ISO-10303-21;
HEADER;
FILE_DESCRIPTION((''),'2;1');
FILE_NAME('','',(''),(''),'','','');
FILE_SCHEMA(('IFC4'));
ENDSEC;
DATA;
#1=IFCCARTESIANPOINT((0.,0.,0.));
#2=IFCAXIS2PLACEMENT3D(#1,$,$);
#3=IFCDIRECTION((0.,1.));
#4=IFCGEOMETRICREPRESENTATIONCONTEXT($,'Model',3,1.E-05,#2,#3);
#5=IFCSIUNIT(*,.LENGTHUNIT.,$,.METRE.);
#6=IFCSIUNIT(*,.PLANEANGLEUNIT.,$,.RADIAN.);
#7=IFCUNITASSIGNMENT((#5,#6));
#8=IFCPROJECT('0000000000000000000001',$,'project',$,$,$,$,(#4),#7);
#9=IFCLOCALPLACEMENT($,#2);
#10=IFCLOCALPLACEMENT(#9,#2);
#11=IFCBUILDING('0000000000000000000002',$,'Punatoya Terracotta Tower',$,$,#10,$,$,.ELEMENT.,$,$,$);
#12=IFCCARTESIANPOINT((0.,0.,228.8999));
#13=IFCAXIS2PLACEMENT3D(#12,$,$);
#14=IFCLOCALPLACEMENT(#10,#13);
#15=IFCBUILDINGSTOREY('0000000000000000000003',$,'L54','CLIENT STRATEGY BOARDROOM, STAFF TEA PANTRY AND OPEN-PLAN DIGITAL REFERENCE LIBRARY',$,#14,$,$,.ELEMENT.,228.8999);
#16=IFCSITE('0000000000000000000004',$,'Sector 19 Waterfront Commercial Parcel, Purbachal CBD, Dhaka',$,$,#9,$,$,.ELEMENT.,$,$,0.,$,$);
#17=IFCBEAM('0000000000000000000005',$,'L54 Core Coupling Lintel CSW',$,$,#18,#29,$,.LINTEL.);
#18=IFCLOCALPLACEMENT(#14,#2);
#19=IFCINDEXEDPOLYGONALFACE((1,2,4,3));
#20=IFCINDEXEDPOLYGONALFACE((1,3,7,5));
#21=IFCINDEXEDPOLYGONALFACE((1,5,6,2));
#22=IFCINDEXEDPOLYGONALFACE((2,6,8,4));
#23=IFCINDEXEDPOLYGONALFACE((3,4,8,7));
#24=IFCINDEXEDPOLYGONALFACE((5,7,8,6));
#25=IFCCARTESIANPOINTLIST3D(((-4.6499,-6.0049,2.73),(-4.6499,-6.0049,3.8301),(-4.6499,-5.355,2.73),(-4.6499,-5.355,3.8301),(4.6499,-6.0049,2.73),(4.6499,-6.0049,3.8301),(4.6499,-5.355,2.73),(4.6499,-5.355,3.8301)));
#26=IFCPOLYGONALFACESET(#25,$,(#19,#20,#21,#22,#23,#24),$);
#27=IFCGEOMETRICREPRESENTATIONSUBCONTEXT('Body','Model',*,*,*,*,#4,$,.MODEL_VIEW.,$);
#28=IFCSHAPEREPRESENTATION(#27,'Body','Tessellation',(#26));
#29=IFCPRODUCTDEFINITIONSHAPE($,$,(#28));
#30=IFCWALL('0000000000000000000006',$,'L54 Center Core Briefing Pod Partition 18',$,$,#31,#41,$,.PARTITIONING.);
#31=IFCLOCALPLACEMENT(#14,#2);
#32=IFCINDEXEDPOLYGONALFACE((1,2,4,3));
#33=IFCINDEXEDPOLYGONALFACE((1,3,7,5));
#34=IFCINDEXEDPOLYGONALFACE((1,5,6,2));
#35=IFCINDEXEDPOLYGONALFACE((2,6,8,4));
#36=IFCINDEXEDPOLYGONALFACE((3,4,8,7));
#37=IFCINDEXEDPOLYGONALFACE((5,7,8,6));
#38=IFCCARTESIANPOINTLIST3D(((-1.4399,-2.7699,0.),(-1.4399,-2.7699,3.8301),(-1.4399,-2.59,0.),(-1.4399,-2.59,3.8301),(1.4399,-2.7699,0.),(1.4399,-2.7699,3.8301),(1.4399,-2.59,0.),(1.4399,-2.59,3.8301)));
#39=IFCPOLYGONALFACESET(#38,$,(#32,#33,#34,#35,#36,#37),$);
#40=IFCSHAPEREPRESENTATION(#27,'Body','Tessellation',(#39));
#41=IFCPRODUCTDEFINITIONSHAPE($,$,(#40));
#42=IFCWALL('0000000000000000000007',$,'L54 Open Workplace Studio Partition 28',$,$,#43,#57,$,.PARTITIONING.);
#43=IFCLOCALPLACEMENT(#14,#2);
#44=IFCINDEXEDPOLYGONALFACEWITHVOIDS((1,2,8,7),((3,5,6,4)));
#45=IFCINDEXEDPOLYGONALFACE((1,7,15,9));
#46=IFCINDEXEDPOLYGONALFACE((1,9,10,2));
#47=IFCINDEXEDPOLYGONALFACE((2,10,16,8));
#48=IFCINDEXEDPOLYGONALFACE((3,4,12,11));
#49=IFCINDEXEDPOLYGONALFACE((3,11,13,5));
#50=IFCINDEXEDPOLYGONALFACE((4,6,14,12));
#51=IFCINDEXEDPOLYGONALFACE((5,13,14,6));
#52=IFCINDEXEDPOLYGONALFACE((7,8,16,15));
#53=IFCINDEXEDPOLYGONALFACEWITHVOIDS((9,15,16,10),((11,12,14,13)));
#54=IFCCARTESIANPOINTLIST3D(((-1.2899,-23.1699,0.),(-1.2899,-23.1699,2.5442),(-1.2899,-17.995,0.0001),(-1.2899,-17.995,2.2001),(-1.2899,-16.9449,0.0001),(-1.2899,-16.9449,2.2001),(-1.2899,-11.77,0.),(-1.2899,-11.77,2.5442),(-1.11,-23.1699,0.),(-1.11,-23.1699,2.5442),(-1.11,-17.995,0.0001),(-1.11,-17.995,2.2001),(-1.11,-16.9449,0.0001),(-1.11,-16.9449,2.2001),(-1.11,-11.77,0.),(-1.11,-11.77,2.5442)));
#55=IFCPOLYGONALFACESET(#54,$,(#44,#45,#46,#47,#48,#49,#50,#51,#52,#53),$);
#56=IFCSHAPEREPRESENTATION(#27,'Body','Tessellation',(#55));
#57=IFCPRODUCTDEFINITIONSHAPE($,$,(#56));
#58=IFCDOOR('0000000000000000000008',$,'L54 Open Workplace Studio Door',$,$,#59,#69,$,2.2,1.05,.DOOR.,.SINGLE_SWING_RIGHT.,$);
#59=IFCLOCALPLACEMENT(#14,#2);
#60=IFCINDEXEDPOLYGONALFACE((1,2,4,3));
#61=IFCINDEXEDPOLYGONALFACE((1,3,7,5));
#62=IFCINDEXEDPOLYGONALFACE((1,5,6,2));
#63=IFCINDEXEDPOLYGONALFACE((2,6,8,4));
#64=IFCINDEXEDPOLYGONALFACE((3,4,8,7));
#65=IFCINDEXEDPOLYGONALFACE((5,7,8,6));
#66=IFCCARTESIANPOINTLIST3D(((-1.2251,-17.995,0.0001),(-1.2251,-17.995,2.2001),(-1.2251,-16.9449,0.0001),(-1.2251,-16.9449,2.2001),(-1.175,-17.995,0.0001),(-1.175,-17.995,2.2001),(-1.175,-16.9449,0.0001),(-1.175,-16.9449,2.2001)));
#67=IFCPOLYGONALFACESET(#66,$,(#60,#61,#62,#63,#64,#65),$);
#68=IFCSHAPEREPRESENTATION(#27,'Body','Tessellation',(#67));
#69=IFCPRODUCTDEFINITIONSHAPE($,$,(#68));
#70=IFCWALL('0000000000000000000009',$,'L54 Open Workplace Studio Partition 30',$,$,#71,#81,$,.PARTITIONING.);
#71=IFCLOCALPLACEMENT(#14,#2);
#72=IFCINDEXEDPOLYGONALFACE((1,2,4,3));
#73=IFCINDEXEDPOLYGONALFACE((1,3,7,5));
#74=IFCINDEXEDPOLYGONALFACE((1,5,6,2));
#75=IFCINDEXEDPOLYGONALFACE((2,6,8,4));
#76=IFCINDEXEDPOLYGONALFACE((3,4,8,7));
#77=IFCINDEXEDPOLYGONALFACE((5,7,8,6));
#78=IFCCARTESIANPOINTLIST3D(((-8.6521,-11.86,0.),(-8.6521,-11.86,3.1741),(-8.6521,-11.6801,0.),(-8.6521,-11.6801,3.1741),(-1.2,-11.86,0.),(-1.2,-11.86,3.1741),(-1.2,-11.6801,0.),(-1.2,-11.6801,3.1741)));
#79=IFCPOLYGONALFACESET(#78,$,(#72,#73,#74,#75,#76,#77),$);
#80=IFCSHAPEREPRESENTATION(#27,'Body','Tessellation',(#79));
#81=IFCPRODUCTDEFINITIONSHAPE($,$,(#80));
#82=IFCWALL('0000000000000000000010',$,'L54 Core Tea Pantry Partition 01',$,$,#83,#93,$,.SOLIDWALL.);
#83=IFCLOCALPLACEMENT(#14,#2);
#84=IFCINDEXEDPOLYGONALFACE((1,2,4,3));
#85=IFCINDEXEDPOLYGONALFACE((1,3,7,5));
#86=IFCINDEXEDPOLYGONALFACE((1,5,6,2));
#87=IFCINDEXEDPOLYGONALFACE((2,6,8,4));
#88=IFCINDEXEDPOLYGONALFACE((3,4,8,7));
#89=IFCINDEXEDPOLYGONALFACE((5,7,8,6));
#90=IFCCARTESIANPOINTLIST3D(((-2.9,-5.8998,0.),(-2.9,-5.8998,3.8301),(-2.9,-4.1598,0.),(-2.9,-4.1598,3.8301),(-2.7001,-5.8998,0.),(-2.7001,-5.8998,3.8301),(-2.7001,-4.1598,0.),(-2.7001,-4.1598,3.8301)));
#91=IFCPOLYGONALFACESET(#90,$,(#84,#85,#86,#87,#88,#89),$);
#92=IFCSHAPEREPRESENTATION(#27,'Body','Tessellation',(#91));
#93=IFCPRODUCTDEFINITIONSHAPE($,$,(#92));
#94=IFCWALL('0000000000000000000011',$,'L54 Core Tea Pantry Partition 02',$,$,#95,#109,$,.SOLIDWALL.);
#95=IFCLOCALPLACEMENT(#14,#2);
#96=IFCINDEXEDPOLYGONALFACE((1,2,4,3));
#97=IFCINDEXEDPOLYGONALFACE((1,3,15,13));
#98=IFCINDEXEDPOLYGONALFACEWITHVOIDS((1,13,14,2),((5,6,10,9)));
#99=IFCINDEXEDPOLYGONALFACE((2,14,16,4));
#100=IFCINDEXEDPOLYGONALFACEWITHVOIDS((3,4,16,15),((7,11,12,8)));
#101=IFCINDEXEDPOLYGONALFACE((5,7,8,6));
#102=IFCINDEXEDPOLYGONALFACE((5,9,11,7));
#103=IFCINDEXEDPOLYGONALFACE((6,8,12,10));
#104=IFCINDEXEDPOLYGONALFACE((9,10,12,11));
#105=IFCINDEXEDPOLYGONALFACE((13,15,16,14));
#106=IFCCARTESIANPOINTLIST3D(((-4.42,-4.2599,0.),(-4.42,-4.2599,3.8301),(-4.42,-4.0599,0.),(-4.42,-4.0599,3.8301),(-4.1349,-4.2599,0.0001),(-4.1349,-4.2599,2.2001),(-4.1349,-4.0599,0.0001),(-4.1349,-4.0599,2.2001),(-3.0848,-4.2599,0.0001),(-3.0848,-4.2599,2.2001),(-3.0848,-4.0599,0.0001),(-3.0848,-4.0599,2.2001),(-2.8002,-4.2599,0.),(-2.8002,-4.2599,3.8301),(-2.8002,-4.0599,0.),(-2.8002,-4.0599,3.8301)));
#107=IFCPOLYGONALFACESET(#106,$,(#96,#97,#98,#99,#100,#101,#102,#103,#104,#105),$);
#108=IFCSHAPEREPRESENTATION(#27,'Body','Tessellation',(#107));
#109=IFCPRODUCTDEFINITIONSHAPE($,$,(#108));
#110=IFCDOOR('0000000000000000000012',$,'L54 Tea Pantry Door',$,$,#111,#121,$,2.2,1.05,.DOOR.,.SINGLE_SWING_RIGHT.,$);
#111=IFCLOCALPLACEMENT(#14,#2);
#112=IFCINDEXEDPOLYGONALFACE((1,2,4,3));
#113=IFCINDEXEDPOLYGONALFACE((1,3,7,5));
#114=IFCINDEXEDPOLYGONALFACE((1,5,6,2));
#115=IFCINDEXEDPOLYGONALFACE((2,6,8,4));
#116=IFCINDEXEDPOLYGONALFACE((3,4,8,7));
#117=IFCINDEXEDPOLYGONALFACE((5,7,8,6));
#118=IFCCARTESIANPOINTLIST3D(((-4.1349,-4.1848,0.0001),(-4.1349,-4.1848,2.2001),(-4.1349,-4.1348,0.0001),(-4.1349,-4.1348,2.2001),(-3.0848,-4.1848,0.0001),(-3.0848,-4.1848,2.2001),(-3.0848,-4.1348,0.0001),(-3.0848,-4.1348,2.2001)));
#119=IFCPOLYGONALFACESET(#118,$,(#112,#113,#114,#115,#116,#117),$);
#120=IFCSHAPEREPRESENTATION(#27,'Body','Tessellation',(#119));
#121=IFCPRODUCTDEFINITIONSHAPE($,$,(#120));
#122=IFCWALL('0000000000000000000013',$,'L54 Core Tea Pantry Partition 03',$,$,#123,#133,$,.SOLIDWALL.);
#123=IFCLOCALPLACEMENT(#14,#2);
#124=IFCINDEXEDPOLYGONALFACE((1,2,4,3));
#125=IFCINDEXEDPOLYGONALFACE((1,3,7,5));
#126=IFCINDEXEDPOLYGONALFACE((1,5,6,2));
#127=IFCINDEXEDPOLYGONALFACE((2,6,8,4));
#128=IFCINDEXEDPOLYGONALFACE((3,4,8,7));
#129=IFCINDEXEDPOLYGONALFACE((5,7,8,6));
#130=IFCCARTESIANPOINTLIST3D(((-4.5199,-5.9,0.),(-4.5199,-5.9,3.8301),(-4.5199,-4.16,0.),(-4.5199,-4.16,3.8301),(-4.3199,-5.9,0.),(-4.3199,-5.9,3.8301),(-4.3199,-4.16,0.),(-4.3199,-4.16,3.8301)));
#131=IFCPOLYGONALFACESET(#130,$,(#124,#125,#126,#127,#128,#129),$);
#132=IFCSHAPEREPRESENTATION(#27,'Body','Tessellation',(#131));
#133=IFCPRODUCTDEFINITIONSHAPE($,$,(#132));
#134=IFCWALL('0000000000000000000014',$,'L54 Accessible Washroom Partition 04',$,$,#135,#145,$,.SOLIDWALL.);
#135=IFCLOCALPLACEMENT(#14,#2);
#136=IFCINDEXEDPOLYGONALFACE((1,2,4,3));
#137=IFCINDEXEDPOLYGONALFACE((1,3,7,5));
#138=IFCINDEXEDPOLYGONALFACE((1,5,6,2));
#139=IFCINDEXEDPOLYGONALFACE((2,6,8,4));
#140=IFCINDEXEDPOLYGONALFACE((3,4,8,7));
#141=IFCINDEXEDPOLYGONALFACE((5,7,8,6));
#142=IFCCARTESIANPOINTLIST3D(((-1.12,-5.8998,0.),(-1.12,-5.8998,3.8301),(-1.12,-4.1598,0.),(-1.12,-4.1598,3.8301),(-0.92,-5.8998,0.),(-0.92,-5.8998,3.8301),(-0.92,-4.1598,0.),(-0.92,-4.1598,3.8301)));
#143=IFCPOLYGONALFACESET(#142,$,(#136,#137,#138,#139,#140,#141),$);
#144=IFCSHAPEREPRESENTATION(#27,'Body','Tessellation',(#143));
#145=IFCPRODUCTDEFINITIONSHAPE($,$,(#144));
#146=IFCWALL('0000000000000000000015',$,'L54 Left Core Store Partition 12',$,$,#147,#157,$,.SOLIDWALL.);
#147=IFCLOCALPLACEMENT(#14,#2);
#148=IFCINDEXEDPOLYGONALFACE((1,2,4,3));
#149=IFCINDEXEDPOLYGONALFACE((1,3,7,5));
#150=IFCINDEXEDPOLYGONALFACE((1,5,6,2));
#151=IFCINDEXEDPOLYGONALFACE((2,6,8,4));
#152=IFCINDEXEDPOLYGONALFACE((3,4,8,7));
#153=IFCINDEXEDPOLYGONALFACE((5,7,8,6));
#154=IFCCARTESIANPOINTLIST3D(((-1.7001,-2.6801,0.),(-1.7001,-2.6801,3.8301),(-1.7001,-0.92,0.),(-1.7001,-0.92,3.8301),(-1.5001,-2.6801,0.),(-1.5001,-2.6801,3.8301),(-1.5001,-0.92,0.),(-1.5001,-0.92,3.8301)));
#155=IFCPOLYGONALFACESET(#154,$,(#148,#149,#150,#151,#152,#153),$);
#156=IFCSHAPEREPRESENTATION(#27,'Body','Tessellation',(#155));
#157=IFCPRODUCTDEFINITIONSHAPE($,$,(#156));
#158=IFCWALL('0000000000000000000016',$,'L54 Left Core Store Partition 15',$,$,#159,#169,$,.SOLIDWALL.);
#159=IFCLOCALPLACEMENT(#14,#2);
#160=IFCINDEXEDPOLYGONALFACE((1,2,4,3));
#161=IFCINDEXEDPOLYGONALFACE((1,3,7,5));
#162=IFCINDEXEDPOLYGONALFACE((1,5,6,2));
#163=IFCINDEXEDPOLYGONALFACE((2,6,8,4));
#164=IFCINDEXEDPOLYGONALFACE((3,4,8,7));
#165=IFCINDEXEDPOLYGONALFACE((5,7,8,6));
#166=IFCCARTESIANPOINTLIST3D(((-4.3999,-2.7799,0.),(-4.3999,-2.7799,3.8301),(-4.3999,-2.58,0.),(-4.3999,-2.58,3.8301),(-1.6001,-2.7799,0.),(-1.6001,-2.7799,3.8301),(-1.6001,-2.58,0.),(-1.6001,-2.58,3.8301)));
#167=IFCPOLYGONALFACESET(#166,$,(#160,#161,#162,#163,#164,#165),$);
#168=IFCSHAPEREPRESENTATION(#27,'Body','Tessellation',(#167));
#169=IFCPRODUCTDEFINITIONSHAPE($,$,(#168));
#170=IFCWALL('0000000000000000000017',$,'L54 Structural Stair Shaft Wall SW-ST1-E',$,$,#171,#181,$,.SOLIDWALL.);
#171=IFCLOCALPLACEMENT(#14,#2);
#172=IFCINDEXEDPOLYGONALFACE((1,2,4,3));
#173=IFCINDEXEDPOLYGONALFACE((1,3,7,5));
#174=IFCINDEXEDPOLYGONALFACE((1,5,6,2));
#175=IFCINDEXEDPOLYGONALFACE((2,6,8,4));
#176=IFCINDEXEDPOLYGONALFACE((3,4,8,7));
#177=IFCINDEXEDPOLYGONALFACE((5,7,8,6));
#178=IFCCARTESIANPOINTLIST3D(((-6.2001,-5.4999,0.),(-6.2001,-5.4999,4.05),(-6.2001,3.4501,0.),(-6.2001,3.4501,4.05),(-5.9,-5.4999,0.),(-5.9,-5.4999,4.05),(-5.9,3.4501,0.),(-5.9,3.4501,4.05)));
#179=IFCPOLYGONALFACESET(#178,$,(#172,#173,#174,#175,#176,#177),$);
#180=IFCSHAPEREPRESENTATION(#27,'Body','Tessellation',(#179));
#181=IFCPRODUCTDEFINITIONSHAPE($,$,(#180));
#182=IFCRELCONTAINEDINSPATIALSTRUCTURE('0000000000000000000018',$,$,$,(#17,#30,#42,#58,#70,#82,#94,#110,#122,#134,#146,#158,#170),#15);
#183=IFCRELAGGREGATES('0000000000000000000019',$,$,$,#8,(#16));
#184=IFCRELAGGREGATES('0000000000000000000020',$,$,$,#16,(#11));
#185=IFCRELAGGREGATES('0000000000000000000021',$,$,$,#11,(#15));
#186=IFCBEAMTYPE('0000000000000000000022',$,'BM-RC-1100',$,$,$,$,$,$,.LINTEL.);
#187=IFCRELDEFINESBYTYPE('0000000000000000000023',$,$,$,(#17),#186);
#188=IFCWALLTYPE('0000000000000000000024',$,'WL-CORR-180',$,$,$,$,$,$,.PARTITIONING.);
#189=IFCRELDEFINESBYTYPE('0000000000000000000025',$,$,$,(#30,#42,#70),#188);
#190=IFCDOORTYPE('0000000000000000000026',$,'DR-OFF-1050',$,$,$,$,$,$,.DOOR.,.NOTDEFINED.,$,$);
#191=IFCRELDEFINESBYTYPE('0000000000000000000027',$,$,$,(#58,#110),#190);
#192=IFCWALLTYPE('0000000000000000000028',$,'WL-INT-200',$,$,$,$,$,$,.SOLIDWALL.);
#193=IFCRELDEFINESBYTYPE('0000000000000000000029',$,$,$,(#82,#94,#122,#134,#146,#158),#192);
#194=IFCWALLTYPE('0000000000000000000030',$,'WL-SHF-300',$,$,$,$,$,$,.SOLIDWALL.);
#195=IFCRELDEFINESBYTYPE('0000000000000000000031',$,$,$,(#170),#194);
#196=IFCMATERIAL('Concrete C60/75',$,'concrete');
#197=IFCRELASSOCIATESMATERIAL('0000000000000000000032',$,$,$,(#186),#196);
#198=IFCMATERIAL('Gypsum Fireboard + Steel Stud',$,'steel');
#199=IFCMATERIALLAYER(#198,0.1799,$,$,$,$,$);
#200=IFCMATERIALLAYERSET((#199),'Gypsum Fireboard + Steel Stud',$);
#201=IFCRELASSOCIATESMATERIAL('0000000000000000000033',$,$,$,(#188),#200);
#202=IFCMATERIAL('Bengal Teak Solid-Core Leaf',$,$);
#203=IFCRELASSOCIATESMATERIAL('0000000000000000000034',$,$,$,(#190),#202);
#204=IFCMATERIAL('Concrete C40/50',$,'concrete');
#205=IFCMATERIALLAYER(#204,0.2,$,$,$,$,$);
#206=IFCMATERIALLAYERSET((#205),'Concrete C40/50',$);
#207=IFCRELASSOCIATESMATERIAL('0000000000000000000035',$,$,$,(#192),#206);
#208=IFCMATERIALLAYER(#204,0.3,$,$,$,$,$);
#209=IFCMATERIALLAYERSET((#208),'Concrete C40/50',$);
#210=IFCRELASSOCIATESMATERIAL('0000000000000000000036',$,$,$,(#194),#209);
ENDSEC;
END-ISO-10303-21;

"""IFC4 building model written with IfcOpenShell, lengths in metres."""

from ifc_helpers import new_model, si_unit, direction, frame, frame_2d, origin, origin_2d, place, context, subcontext, project, spatial, rectangle, extrude, material, layer, layer_set, material_profile, profile_set, type_object, element, fill, save


model = new_model("IFC4")

# Units and contexts
model_context = context("Model", 3, precision=1e-05, world=origin(), true_north=direction((0.0, 1.0)))
body_context = subcontext(model_context, "Body", "Model", "MODEL_VIEW")
ifc_project = project(units=[si_unit("LENGTHUNIT", "METRE"), si_unit("PLANEANGLEUNIT", "RADIAN")], contexts=[model_context])

# Site, building, storey
site_placement = place(None, origin())
site = spatial("IfcSite", under=ifc_project, at=site_placement, Name="Sector 19 Waterfront Commercial Parcel, Purbachal CBD, Dhaka", CompositionType="ELEMENT", RefElevation=0.0)
building_placement = place(site_placement, origin())
building = spatial("IfcBuilding", under=site, at=building_placement, Name="Punatoya Terracotta Tower", CompositionType="ELEMENT")
storey_placement = place(building_placement, frame((0.0, 0.0, 228.8999)))
storey = spatial("IfcBuildingStorey", under=building, at=storey_placement, Name="L54", Description="CLIENT STRATEGY BOARDROOM, STAFF TEA PANTRY AND OPEN-PLAN DIGITAL REFERENCE LIBRARY", CompositionType="ELEMENT", Elevation=228.8999)

# Beam
ifc_material_1 = material(Name="Concrete C60/75", Category="concrete")
ifc_material_profile = material_profile(ifc_material_1, rectangle(XDim=0.6499, YDim=1.1001, at=origin_2d()))
ifc_profile_set = profile_set([ifc_material_profile], Name="Concrete C60/75")
beam_type = type_object("IfcBeamType", Name="BM-RC-1100", PredefinedType="LINTEL", material=ifc_profile_set)
beam_placement = place(storey_placement, frame((-4.6499, -5.6799, 3.28), z_axis=(1.0, 0.0, 0.0), x_axis=(0.0, 1.0, 0.0)))
element("IfcBeam", 1, at=beam_placement, inside=storey, type_object=beam_type, Name="L54 Core Coupling Lintel CSW", PredefinedType="LINTEL", context=body_context, shape_type="SweptSolid", body=[
    extrude(rectangle(XDim=0.6499, YDim=1.1001, at=origin_2d()), origin(), (0.0, 0.0, 1.0), 9.2998),
])

# Wall
ifc_material_2 = material(Name="Gypsum Fireboard + Steel Stud", Category="steel")
ifc_layer_1 = layer(ifc_material_2, 0.1799)
ifc_layer_set_1 = layer_set([ifc_layer_1], Name="Gypsum Fireboard + Steel Stud")
wall_type_1 = type_object("IfcWallType", Name="WL-CORR-180", PredefinedType="PARTITIONING", material=ifc_layer_set_1)
wall_1_placement = place(storey_placement, frame((-1.4399, -2.6799, 0.0), z_axis=(0.0, 0.0, 1.0), x_axis=(1.0, 0.0, 0.0)))
element("IfcWall", 2, at=wall_1_placement, inside=storey, type_object=wall_type_1, Name="L54 Center Core Briefing Pod Partition 18", PredefinedType="PARTITIONING", context=body_context, shape_type="SweptSolid", body=[
    extrude(rectangle(XDim=2.8799, YDim=0.1799, at=frame_2d((1.4399, 0.0))), origin(), (0.0, 0.0, 1.0), 3.8301),
])

# Wall, opening, door
wall_2_placement = place(storey_placement, frame((-1.2, -11.77, 0.0), z_axis=(0.0, 0.0, 1.0), x_axis=(0.0, -1.0, 0.0)))
wall_2 = element("IfcWall", 3, at=wall_2_placement, inside=storey, type_object=wall_type_1, Name="L54 Open Workplace Studio Partition 28", PredefinedType="PARTITIONING", context=body_context, shape_type="SweptSolid", body=[
    extrude(rectangle(XDim=11.3999, YDim=0.1799, at=frame_2d((5.7, 0.0))), origin(), (0.0, 0.0, 1.0), 2.5442),
])
opening_1_placement = place(wall_2_placement, frame((5.175, 0.0, 0.0)))
opening_1 = element("IfcOpeningElement", 4, at=opening_1_placement, cuts=wall_2, PredefinedType="OPENING", context=body_context, shape_type="SweptSolid", body=[
    extrude(rectangle(XDim=1.05, YDim=2.2, at=frame_2d((0.5249, 1.1001))), frame((0.0, 0.0999, 0.0), z_axis=(0.0, -1.0, 0.0), x_axis=(1.0, 0.0, 0.0)), (0.0, 0.0, 1.0), 0.2),
])
ifc_material_3 = material(Name="Bengal Teak Solid-Core Leaf")
door_type_1 = type_object("IfcDoorType", Name="DR-OFF-1050", OperationType="NOTDEFINED", PredefinedType="DOOR", material=ifc_material_3)
door_1_placement = place(opening_1_placement, origin())
door_1 = element("IfcDoor", 5, at=door_1_placement, inside=storey, type_object=door_type_1, Name="L54 Open Workplace Studio Door", OperationType="SINGLE_SWING_RIGHT", OverallHeight=2.2, OverallWidth=1.05, PredefinedType="DOOR", context=body_context, shape_type="SweptSolid", body=[
    extrude(rectangle(XDim=1.05, YDim=2.2, at=frame_2d((0.5249, 1.1001))), frame((0.0, 0.0249, 0.0), z_axis=(0.0, -1.0, 0.0), x_axis=(1.0, 0.0, 0.0)), (0.0, 0.0, 1.0), 0.05),
])
fill(opening_1, door_1)

# Walls
wall_3_placement = place(storey_placement, frame((-8.6521, -11.77, 0.0), z_axis=(0.0, 0.0, 1.0), x_axis=(1.0, 0.0, 0.0)))
element("IfcWall", 6, at=wall_3_placement, inside=storey, type_object=wall_type_1, Name="L54 Open Workplace Studio Partition 30", PredefinedType="PARTITIONING", context=body_context, shape_type="SweptSolid", body=[
    extrude(rectangle(XDim=7.4521, YDim=0.1799, at=frame_2d((3.7261, 0.0))), origin(), (0.0, 0.0, 1.0), 3.1741),
])
ifc_material_4 = material(Name="Concrete C40/50", Category="concrete")
ifc_layer_2 = layer(ifc_material_4, 0.2)
ifc_layer_set_2 = layer_set([ifc_layer_2], Name="Concrete C40/50")
wall_type_2 = type_object("IfcWallType", Name="WL-INT-200", PredefinedType="SOLIDWALL", material=ifc_layer_set_2)
wall_4_placement = place(storey_placement, frame((-2.8, -5.8999, 0.0), z_axis=(0.0, 0.0, 1.0), x_axis=(0.0, 1.0, 0.0)))
element("IfcWall", 7, at=wall_4_placement, inside=storey, type_object=wall_type_2, Name="L54 Core Tea Pantry Partition 01", PredefinedType="SOLIDWALL", context=body_context, shape_type="SweptSolid", body=[
    extrude(rectangle(XDim=1.74, YDim=0.2, at=frame_2d((0.8701, 0.0))), origin(), (0.0, 0.0, 1.0), 3.8301),
])

# Wall, opening, door
wall_5_placement = place(storey_placement, frame((-2.8, -4.1599, 0.0), z_axis=(0.0, 0.0, 1.0), x_axis=(-1.0, 0.0, 0.0)))
wall_5 = element("IfcWall", 8, at=wall_5_placement, inside=storey, type_object=wall_type_2, Name="L54 Core Tea Pantry Partition 02", PredefinedType="SOLIDWALL", context=body_context, shape_type="SweptSolid", body=[
    extrude(rectangle(XDim=1.6199, YDim=0.2, at=frame_2d((0.8101, 0.0))), origin(), (0.0, 0.0, 1.0), 3.8301),
])
opening_2_placement = place(wall_5_placement, frame((0.2849, 0.0, 0.0)))
opening_2 = element("IfcOpeningElement", 9, at=opening_2_placement, cuts=wall_5, PredefinedType="OPENING", context=body_context, shape_type="SweptSolid", body=[
    extrude(rectangle(XDim=1.05, YDim=2.2, at=frame_2d((0.5249, 1.1001))), frame((0.0, 0.1099, 0.0), z_axis=(0.0, -1.0, 0.0), x_axis=(1.0, 0.0, 0.0)), (0.0, 0.0, 1.0), 0.22),
])
door_2_placement = place(opening_2_placement, origin())
door_2 = element("IfcDoor", 10, at=door_2_placement, inside=storey, type_object=door_type_1, Name="L54 Tea Pantry Door", OperationType="SINGLE_SWING_RIGHT", OverallHeight=2.2, OverallWidth=1.05, PredefinedType="DOOR", context=body_context, shape_type="SweptSolid", body=[
    extrude(rectangle(XDim=1.05, YDim=2.2, at=frame_2d((0.5249, 1.1001))), frame((0.0, 0.0249, 0.0), z_axis=(0.0, -1.0, 0.0), x_axis=(1.0, 0.0, 0.0)), (0.0, 0.0, 1.0), 0.05),
])
fill(opening_2, door_2)

# Walls
for number, where, z_axis, x_axis, name in (
    (11, (-4.4199, -4.1599, 0.0), (0.0, 0.0, 1.0), (0.0, -1.0, 0.0), "L54 Core Tea Pantry Partition 03"),
    (12, (-1.02, -5.8999, 0.0), (0.0, 0.0, 1.0), (0.0, 1.0, 0.0), "L54 Accessible Washroom Partition 04"),
):
    element("IfcWall", number, at=place(storey_placement, frame(where, z_axis=z_axis, x_axis=x_axis)), inside=storey, type_object=wall_type_2, Name=name, PredefinedType="SOLIDWALL", context=body_context, shape_type="SweptSolid", body=[
        extrude(rectangle(XDim=1.74, YDim=0.2, at=frame_2d((0.8701, 0.0))), origin(), (0.0, 0.0, 1.0), 3.8301),
    ])

# Walls
wall_6_placement = place(storey_placement, frame((-1.6001, -2.6799, 0.0), z_axis=(0.0, 0.0, 1.0), x_axis=(0.0, 1.0, 0.0)))
element("IfcWall", 13, at=wall_6_placement, inside=storey, type_object=wall_type_2, Name="L54 Left Core Store Partition 12", PredefinedType="SOLIDWALL", context=body_context, shape_type="SweptSolid", body=[
    extrude(rectangle(XDim=1.76, YDim=0.2, at=frame_2d((0.8799, 0.0))), origin(), (0.0, 0.0, 1.0), 3.8301),
])
wall_7_placement = place(storey_placement, frame((-4.3999, -2.6799, 0.0), z_axis=(0.0, 0.0, 1.0), x_axis=(1.0, 0.0, 0.0)))
element("IfcWall", 14, at=wall_7_placement, inside=storey, type_object=wall_type_2, Name="L54 Left Core Store Partition 15", PredefinedType="SOLIDWALL", context=body_context, shape_type="SweptSolid", body=[
    extrude(rectangle(XDim=2.7998, YDim=0.2, at=frame_2d((1.3999, 0.0))), origin(), (0.0, 0.0, 1.0), 3.8301),
])
ifc_layer_3 = layer(ifc_material_4, 0.3)
ifc_layer_set_3 = layer_set([ifc_layer_3], Name="Concrete C40/50")
wall_type_3 = type_object("IfcWallType", Name="WL-SHF-300", PredefinedType="SOLIDWALL", material=ifc_layer_set_3)
wall_8_placement = place(storey_placement, frame((-6.05, -5.5, 0.0), z_axis=(0.0, 0.0, 1.0), x_axis=(0.0, 1.0, 0.0)))
element("IfcWall", 15, at=wall_8_placement, inside=storey, type_object=wall_type_3, Name="L54 Structural Stair Shaft Wall SW-ST1-E", PredefinedType="SOLIDWALL", context=body_context, shape_type="SweptSolid", body=[
    extrude(rectangle(XDim=8.95, YDim=0.3, at=frame_2d((4.4751, 0.0))), origin(), (0.0, 0.0, 1.0), 4.05),
])

save(model, "model.ifc")
